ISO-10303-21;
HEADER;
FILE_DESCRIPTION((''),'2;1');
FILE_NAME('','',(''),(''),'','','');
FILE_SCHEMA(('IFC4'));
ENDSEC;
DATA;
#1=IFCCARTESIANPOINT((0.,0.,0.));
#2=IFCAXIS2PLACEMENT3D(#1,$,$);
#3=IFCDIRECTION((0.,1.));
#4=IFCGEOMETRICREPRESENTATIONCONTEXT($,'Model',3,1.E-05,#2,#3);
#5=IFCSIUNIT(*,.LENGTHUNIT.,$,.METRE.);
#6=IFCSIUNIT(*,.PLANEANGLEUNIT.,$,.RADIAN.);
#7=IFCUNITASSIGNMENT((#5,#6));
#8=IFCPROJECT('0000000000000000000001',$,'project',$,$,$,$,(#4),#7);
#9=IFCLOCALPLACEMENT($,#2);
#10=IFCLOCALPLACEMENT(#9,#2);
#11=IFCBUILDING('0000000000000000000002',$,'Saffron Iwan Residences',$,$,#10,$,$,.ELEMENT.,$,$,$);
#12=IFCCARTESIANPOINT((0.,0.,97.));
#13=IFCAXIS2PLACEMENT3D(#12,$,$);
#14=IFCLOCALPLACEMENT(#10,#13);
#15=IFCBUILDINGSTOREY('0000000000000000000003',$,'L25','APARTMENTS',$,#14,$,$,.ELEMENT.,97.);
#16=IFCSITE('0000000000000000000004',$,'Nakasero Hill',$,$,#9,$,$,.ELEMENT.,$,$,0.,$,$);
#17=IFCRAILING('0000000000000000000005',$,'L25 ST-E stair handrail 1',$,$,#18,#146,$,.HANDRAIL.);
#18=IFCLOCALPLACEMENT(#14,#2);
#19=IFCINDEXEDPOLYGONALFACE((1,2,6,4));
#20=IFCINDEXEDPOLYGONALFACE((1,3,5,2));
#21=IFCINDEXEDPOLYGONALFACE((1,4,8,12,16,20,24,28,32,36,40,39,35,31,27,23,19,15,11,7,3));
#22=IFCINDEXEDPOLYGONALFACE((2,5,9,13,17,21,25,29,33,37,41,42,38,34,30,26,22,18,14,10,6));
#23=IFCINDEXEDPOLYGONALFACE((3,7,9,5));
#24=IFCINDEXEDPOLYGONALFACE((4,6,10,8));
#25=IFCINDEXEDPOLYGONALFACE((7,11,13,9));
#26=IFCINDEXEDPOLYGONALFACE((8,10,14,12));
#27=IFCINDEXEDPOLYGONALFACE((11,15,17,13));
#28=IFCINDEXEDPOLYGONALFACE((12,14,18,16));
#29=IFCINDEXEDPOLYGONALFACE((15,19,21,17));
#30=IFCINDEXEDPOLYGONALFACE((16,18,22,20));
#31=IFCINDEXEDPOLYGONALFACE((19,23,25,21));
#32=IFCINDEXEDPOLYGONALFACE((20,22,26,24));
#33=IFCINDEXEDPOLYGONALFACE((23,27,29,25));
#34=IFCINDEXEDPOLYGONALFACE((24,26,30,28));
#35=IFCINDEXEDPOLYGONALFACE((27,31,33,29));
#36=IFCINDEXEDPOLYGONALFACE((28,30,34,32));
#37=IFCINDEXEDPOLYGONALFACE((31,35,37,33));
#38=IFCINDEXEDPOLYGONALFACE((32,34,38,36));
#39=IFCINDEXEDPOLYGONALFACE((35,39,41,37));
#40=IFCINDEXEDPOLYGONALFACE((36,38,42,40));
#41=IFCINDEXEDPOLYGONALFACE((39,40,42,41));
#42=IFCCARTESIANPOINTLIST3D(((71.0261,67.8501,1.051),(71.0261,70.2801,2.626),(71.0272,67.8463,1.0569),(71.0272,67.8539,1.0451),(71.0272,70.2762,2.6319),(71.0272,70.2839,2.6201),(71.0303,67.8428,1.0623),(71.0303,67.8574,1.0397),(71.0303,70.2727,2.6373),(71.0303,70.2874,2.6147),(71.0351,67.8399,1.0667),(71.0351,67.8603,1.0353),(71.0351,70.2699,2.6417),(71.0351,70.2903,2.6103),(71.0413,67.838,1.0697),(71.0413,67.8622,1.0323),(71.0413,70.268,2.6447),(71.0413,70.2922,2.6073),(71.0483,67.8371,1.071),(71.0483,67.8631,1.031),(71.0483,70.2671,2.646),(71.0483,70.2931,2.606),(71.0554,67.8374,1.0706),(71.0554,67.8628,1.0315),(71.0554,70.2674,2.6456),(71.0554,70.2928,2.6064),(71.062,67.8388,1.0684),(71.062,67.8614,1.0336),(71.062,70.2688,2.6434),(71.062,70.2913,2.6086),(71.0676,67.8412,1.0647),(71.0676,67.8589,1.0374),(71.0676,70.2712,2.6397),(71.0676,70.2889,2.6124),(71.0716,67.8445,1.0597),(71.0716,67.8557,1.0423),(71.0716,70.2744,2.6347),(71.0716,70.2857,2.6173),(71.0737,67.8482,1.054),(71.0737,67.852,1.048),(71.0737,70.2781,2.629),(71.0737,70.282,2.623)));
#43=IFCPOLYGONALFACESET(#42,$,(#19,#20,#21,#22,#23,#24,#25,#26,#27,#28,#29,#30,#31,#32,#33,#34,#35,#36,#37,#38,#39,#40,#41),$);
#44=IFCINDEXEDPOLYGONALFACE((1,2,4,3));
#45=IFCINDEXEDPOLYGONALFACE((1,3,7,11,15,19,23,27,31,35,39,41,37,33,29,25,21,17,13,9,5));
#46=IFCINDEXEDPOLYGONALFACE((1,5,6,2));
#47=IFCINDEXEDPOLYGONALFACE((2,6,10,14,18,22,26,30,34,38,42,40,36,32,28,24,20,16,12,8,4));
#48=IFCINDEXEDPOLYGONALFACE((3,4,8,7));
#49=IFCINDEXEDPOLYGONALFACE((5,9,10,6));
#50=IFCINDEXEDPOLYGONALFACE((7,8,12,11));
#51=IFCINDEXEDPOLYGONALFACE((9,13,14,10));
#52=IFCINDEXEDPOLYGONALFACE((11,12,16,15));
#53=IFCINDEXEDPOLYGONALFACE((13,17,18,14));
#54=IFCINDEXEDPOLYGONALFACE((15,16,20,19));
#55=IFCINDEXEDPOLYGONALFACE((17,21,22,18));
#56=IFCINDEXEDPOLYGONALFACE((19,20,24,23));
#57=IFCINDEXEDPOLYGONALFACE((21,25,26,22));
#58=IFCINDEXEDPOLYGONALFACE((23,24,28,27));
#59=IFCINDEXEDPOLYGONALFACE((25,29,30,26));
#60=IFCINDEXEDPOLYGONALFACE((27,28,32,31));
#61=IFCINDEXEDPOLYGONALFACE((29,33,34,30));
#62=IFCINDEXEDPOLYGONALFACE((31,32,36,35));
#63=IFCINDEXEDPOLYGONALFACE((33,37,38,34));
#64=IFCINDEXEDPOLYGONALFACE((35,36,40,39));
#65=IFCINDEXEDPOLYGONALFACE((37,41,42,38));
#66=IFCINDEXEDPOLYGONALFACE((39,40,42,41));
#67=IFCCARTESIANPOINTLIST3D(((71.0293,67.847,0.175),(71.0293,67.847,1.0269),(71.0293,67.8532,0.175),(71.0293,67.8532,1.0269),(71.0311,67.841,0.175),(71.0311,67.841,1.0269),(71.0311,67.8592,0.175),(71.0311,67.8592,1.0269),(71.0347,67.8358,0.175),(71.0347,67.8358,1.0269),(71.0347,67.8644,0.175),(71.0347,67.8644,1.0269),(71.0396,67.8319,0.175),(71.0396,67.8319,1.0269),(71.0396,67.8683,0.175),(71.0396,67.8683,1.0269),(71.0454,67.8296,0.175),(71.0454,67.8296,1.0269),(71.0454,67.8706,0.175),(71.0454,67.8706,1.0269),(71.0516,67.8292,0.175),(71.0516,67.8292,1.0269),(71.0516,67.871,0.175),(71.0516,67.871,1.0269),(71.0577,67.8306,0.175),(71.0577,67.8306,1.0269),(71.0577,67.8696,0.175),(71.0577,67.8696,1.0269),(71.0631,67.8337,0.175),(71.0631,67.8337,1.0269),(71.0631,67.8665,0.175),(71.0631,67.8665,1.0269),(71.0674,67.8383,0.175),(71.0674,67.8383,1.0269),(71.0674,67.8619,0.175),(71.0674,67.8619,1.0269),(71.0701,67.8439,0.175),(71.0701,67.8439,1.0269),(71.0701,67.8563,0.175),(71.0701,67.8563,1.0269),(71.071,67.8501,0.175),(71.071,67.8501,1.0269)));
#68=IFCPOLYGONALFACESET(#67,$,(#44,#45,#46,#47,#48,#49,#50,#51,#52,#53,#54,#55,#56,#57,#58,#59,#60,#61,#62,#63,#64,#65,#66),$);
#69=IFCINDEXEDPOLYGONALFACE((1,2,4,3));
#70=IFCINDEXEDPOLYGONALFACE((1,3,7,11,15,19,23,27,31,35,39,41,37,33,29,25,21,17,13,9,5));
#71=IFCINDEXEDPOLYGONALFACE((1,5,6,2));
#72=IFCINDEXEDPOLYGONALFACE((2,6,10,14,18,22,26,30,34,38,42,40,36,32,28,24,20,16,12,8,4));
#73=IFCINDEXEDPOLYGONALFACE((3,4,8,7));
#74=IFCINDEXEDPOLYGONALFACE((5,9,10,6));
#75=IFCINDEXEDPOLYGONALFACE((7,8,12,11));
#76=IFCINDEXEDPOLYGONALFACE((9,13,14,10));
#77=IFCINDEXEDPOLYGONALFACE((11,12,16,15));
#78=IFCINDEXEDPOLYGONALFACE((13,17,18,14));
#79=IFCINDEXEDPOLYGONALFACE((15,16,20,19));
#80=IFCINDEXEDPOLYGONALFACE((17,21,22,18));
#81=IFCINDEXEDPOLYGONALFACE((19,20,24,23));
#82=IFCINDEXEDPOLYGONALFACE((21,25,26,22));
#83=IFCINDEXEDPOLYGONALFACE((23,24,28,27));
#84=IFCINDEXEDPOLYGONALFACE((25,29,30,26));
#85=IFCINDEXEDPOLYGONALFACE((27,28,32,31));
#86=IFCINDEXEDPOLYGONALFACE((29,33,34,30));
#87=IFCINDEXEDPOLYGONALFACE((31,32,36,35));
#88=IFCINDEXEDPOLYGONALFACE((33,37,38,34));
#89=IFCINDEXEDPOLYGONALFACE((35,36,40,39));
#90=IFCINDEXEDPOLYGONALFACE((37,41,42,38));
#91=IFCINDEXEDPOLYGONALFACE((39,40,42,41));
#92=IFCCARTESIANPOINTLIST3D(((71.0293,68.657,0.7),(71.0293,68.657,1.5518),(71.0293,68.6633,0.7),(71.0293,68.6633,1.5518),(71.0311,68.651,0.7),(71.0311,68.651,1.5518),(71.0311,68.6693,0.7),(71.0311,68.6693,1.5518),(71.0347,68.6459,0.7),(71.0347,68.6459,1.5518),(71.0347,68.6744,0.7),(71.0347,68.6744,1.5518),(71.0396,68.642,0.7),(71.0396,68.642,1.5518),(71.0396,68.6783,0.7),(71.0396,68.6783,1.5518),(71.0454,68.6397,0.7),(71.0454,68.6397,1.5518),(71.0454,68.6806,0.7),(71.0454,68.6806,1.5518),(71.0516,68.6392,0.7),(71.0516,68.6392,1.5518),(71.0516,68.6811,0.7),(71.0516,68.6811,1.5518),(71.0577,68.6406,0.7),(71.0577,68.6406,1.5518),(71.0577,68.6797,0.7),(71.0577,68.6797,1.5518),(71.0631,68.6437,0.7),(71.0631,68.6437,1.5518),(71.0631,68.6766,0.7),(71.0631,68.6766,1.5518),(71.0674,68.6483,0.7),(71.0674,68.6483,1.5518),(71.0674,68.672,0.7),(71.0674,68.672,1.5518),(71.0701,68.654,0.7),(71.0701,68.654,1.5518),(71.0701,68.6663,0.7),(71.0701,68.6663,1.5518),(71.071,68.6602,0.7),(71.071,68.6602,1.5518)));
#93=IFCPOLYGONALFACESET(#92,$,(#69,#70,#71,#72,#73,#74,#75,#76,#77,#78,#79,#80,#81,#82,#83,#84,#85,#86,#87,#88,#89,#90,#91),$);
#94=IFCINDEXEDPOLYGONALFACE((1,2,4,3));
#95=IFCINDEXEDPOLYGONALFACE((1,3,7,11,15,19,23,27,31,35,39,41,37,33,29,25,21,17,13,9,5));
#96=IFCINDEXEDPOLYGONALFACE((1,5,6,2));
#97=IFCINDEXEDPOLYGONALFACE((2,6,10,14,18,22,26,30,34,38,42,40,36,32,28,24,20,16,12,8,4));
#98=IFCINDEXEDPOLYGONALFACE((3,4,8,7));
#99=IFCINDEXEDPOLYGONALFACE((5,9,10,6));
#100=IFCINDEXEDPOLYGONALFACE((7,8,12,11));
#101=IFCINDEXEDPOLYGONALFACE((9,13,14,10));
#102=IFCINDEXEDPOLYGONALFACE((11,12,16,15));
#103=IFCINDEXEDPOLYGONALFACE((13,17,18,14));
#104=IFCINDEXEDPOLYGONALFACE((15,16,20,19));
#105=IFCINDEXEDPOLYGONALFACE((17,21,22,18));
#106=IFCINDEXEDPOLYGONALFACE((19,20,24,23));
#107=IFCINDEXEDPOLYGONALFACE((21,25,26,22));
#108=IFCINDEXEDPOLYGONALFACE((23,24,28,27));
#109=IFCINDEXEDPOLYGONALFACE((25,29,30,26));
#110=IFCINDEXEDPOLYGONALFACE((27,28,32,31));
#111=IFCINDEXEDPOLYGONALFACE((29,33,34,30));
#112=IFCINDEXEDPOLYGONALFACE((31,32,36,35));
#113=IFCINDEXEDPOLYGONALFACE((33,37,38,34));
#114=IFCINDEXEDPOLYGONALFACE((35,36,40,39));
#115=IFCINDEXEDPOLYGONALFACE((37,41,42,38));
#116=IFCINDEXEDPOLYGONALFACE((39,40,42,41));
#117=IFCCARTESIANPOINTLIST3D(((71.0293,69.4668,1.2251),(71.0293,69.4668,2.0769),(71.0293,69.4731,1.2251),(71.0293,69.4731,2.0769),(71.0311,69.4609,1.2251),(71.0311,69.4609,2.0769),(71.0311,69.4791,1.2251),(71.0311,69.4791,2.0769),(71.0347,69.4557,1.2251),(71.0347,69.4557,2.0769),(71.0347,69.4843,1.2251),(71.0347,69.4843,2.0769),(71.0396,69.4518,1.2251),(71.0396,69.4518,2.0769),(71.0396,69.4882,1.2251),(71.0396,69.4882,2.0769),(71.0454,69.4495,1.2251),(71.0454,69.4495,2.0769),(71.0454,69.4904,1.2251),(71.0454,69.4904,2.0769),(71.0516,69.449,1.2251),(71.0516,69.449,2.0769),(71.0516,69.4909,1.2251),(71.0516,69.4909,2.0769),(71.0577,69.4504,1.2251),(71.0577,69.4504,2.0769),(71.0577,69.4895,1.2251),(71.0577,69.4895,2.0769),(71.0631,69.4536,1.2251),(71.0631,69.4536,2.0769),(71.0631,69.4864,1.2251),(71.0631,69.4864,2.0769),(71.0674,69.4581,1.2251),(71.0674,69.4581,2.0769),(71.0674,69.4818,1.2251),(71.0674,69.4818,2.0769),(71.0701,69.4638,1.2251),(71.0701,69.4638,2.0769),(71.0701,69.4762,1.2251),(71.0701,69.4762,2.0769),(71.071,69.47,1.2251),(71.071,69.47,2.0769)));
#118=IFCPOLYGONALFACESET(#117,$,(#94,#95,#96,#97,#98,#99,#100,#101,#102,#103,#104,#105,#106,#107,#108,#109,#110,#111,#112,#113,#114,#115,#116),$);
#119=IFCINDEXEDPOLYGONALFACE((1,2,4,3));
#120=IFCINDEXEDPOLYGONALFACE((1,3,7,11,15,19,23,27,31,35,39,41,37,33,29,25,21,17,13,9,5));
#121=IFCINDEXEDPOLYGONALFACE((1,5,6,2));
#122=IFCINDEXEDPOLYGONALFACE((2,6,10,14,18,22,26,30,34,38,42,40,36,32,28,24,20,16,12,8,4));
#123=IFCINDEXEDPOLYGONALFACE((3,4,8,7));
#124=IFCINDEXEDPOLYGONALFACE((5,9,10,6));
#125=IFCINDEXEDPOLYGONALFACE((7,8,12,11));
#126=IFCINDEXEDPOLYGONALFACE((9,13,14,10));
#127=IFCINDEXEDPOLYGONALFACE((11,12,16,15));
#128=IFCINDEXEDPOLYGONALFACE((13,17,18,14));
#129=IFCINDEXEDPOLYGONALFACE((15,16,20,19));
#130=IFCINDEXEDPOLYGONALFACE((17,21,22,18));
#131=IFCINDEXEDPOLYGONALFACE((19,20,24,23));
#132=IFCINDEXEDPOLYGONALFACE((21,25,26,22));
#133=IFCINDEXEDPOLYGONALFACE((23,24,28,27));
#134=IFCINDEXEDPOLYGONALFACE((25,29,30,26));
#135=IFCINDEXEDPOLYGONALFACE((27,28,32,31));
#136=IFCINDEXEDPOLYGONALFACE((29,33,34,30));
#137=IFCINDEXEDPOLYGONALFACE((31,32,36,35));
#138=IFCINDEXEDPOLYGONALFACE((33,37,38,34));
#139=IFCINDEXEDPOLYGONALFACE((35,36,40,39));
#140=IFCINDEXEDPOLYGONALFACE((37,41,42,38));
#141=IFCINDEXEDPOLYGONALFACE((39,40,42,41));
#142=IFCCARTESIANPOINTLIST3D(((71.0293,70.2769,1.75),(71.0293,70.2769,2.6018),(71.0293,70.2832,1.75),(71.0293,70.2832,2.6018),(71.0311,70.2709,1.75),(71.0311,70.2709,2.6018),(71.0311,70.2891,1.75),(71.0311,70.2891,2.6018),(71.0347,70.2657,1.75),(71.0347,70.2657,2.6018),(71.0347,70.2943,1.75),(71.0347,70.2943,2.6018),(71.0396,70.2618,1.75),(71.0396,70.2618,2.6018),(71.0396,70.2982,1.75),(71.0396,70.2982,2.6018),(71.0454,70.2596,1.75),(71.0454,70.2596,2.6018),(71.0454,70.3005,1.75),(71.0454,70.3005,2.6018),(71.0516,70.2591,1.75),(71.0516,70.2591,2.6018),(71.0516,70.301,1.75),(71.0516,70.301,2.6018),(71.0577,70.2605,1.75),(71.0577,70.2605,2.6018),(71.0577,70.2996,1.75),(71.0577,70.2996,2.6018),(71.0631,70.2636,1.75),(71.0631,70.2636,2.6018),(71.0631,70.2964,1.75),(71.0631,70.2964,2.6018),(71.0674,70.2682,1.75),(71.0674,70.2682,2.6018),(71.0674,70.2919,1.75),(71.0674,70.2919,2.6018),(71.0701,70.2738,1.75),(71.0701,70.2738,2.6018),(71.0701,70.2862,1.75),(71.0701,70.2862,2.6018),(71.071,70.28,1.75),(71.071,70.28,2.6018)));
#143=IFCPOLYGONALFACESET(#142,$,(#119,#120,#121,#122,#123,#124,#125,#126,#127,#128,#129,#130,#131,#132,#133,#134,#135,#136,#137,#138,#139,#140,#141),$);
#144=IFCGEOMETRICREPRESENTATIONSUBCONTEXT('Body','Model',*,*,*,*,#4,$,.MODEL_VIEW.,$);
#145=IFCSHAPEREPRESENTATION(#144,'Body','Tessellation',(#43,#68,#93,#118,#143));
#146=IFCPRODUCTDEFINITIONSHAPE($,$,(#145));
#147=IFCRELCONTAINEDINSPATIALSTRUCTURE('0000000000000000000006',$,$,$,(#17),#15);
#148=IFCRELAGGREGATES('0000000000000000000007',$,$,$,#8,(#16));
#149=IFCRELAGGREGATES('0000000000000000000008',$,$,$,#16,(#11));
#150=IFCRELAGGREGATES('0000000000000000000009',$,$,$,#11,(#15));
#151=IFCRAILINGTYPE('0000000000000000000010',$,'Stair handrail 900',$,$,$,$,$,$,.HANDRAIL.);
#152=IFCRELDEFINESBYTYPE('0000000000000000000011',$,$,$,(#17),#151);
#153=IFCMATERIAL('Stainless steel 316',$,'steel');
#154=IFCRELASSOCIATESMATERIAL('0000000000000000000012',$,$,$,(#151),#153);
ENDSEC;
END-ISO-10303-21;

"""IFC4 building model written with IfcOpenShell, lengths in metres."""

from ifc_helpers import new_model, si_unit, direction, frame, origin, origin_2d, place, context, subcontext, project, spatial, circle, extrude, material, type_object, element, save


model = new_model("IFC4")

# Units and contexts
model_context = context("Model", 3, precision=1e-05, world=origin(), true_north=direction((0.0, 1.0)))
body_context = subcontext(model_context, "Body", "Model", "MODEL_VIEW")
ifc_project = project(units=[si_unit("LENGTHUNIT", "METRE"), si_unit("PLANEANGLEUNIT", "RADIAN")], contexts=[model_context])

# Site, building, storey
site_placement = place(None, origin())
site = spatial("IfcSite", under=ifc_project, at=site_placement, Name="Nakasero Hill", CompositionType="ELEMENT", RefElevation=0.0)
building_placement = place(site_placement, origin())
building = spatial("IfcBuilding", under=site, at=building_placement, Name="Saffron Iwan Residences", CompositionType="ELEMENT")
storey_placement = place(building_placement, frame((0.0, 0.0, 97.0)))
storey = spatial("IfcBuildingStorey", under=building, at=storey_placement, Name="L25", Description="APARTMENTS", CompositionType="ELEMENT", Elevation=97.0)

# Railing
ifc_material_1 = material(Name="Stainless steel 316", Category="steel")
railing_type = type_object("IfcRailingType", Name="Stair handrail 900", PredefinedType="HANDRAIL", material=ifc_material_1)
railing_placement = place(storey_placement, frame((71.05, 67.8501, 0.175)))
element("IfcRailing", 1, at=railing_placement, inside=storey, type_object=railing_type, Name="L25 ST-E stair handrail 1", PredefinedType="HANDRAIL", context=body_context, shape_type="SweptSolid", body=[
    extrude(circle(Radius=0.0239, at=origin_2d()), frame((0.0, 0.0, 0.876), z_axis=(0.0, 0.839154, 0.543894), x_axis=(-1.0, 0.0, 0.0)), (0.0, 0.0, 1.0), 2.8958),
    extrude(circle(Radius=0.021, at=origin_2d()), origin(), (0.0, 0.0, 1.0), 0.8518),
    extrude(circle(Radius=0.021, at=origin_2d()), frame((0.0, 0.8101, 0.5249)), (0.0, 0.0, 1.0), 0.8518),
    extrude(circle(Radius=0.021, at=origin_2d()), frame((0.0, 1.6199, 1.05)), (0.0, 0.0, 1.0), 0.8518),
    extrude(circle(Radius=0.021, at=origin_2d()), frame((0.0, 2.4299, 1.575)), (0.0, 0.0, 1.0), 0.8518),
])

save(model, "model.ifc")
